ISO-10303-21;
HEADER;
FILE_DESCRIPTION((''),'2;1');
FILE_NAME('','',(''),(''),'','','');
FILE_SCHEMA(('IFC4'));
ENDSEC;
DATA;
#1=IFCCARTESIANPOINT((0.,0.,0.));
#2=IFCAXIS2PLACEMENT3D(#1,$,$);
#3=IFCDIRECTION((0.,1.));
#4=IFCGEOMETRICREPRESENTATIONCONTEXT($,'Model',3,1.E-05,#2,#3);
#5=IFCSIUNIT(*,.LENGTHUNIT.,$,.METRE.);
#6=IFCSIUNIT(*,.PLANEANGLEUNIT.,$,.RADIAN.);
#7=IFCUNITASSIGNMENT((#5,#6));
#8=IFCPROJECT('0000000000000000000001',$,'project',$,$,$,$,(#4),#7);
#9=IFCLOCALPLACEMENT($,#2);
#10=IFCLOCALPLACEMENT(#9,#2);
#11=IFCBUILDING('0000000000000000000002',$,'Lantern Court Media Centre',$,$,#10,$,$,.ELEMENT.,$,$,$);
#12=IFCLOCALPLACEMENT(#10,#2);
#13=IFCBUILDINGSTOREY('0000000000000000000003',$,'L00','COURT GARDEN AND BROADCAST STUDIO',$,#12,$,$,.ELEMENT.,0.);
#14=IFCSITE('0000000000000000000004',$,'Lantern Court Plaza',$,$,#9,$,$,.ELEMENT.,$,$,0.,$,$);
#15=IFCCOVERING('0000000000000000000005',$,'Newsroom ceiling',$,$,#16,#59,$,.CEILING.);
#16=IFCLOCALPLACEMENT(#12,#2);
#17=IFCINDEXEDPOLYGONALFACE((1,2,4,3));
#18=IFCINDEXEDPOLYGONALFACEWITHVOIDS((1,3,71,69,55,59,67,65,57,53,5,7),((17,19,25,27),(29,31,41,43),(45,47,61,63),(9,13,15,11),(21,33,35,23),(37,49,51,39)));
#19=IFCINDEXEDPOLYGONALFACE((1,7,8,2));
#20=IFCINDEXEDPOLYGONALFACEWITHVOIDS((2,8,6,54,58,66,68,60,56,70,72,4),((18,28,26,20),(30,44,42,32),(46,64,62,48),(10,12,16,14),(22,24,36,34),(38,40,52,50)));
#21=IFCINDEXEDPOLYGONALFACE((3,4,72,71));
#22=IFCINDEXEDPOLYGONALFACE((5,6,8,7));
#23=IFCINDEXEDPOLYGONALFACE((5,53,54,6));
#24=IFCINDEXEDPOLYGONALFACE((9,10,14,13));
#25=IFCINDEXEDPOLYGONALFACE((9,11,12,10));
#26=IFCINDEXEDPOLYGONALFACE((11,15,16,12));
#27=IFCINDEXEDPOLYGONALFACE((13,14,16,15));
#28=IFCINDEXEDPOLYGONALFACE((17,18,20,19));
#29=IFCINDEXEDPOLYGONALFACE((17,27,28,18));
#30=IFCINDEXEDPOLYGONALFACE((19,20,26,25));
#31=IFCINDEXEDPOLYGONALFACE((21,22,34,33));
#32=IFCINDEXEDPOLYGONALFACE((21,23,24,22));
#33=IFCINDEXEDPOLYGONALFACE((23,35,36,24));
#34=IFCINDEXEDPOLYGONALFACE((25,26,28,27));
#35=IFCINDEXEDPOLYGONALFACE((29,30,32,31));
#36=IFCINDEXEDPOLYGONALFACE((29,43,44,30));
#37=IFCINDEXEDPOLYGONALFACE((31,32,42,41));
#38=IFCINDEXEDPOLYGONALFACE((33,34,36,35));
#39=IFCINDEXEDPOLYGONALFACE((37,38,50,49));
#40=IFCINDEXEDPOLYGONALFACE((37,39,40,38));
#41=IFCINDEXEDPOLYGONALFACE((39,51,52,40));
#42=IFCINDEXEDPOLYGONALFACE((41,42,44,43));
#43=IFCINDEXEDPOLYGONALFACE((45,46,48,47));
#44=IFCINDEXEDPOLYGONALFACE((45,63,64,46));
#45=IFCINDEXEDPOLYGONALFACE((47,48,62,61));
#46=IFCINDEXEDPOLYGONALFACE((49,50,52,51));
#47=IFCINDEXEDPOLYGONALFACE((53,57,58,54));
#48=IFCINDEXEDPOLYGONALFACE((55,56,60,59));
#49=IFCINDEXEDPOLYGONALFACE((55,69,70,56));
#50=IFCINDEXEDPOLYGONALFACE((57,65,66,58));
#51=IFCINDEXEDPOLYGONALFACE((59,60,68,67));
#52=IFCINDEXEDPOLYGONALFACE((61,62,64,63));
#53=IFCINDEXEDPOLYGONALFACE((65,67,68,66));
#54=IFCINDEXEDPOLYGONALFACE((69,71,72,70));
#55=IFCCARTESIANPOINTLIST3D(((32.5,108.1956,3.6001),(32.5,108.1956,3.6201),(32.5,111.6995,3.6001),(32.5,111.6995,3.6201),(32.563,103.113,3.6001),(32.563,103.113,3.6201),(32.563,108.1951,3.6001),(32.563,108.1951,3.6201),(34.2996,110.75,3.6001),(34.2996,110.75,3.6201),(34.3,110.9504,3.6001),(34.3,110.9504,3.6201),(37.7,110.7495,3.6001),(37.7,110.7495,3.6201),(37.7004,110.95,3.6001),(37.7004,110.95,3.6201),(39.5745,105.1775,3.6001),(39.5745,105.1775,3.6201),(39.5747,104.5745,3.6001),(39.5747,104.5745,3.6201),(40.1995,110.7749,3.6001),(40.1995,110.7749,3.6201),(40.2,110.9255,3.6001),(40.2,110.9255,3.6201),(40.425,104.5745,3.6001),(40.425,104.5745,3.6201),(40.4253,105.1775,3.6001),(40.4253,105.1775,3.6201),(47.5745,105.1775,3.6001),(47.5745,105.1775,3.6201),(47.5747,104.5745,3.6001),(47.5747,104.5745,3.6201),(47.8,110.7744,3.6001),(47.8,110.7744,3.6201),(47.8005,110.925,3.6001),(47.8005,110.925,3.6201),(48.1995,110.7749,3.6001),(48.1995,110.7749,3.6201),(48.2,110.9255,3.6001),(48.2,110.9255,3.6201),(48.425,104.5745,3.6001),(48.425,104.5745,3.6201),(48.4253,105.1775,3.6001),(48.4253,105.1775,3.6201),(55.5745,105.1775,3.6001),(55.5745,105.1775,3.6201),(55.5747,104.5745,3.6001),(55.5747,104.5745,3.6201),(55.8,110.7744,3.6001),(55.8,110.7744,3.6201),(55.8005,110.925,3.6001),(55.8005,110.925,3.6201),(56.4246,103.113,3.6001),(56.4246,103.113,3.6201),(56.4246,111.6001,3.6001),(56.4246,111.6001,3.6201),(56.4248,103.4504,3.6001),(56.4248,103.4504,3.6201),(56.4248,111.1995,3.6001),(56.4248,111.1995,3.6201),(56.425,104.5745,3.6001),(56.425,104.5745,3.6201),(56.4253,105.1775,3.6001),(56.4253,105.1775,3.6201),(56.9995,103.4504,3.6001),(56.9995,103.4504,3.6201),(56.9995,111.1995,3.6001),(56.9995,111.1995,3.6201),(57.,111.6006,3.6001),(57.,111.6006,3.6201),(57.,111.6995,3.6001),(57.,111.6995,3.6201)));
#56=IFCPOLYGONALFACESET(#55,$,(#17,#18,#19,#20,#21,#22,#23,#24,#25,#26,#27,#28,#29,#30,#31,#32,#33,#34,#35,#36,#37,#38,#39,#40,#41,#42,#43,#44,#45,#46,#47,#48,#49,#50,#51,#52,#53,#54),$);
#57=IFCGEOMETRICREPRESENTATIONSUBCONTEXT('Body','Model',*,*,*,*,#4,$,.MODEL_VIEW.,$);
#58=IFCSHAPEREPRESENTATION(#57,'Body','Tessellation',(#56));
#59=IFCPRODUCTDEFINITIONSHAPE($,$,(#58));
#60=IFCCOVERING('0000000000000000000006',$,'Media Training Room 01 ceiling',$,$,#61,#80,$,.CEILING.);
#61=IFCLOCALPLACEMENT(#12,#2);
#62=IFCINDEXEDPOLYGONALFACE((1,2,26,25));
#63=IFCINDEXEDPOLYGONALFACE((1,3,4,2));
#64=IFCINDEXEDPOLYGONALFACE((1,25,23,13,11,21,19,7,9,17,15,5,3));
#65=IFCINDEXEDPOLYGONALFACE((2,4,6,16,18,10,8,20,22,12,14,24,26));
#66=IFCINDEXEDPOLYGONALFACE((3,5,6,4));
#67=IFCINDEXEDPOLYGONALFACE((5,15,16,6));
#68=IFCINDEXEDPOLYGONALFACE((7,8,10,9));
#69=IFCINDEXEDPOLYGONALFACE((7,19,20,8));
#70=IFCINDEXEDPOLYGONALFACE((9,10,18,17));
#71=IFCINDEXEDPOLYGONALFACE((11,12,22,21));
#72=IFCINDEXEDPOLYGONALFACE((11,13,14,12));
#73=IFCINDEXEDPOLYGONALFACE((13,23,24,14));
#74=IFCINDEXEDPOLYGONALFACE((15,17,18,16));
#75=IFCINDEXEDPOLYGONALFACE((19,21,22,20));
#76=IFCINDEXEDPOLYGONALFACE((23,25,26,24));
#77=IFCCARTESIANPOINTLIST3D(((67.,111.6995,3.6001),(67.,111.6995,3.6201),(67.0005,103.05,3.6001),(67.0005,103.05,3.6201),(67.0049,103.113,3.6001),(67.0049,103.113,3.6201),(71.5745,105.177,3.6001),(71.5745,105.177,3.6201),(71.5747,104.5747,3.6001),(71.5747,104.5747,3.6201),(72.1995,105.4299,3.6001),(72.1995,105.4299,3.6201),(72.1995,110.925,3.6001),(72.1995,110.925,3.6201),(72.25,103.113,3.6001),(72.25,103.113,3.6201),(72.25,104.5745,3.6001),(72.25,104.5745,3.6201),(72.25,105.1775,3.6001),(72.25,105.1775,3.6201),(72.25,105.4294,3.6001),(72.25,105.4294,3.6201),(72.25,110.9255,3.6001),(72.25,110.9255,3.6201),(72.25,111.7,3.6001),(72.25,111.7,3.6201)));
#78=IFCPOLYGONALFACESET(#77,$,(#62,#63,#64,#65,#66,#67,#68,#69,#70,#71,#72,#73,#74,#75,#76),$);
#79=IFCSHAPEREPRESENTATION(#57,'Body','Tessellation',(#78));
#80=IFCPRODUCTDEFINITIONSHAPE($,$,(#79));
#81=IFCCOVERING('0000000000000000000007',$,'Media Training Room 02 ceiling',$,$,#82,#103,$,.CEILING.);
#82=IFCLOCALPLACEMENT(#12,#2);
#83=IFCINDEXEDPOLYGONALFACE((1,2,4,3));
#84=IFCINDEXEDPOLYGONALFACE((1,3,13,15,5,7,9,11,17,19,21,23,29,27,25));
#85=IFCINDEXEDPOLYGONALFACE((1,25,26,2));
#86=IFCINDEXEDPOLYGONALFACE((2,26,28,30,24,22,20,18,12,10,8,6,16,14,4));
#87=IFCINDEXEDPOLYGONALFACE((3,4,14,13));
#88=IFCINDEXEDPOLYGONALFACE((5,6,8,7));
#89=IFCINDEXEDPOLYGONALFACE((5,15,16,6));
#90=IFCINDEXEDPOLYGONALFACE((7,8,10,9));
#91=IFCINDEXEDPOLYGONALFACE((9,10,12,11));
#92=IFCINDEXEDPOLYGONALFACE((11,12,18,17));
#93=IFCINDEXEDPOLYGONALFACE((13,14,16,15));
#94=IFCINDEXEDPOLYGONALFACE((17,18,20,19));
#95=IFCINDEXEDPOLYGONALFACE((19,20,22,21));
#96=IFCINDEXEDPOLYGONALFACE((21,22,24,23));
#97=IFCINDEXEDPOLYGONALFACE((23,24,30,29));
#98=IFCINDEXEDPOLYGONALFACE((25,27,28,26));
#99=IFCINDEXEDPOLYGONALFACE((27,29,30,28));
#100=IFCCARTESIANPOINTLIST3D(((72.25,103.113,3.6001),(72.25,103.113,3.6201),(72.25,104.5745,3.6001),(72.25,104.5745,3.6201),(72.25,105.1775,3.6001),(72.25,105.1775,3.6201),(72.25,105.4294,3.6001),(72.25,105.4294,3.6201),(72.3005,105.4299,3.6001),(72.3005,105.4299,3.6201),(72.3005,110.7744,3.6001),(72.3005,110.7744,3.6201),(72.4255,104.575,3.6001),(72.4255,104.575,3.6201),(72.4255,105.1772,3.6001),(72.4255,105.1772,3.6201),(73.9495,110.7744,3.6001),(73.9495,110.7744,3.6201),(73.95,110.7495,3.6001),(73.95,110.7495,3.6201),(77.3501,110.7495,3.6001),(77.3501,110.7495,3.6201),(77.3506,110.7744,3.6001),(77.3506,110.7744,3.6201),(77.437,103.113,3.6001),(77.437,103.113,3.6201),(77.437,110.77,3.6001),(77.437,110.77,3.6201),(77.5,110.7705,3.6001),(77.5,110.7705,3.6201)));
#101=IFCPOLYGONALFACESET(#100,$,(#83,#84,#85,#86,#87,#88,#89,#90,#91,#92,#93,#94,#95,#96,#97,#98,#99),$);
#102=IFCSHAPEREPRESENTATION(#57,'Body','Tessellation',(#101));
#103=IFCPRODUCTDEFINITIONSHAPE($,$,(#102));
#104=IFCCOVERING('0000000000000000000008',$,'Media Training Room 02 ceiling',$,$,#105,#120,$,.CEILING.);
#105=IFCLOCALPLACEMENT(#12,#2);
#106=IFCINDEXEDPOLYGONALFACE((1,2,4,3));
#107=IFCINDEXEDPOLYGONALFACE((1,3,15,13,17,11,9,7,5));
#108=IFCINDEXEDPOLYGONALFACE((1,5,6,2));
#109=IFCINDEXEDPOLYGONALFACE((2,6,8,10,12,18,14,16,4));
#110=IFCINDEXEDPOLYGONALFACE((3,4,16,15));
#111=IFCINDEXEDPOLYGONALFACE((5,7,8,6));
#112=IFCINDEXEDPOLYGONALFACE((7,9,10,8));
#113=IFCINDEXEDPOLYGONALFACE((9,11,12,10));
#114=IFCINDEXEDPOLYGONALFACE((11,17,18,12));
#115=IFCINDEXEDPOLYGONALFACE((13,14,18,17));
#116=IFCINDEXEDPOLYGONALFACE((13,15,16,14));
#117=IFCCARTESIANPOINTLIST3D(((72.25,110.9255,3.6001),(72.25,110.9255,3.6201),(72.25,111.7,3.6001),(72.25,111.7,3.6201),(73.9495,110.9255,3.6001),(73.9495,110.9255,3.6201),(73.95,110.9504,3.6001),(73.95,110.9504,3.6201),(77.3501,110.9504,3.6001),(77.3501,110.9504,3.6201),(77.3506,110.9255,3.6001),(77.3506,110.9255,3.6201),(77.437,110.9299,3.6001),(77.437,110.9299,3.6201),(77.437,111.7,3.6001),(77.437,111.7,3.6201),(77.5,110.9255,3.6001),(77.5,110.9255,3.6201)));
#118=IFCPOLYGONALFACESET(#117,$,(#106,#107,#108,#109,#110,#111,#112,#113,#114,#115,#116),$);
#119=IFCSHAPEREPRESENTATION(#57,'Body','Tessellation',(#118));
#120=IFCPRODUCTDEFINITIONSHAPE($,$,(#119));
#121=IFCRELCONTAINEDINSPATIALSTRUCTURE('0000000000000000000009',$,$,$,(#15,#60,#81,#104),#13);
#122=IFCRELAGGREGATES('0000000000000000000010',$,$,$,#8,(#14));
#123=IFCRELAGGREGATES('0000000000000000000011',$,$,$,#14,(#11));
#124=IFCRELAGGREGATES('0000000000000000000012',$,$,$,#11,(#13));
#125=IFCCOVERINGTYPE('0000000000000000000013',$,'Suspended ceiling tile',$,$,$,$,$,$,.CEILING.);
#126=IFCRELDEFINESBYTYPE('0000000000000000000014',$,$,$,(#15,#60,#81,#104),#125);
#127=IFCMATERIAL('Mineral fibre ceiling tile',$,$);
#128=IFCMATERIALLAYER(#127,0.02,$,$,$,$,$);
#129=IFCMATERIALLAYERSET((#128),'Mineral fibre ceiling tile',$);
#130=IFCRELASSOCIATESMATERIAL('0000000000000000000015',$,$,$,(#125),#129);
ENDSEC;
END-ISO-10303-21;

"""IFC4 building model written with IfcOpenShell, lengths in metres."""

from ifc_helpers import new_model, si_unit, direction, frame, origin, place, context, subcontext, project, spatial, polyline, outline, extrude, material, layer, layer_set, type_object, element, save


model = new_model("IFC4")

# Units and contexts
model_context = context("Model", 3, precision=1e-05, world=origin(), true_north=direction((0.0, 1.0)))
body_context = subcontext(model_context, "Body", "Model", "MODEL_VIEW")
ifc_project = project(units=[si_unit("LENGTHUNIT", "METRE"), si_unit("PLANEANGLEUNIT", "RADIAN")], contexts=[model_context])

# Site, building, storey
site_placement = place(None, origin())
site = spatial("IfcSite", under=ifc_project, at=site_placement, Name="Lantern Court Plaza", CompositionType="ELEMENT", RefElevation=0.0)
building_placement = place(site_placement, origin())
building = spatial("IfcBuilding", under=site, at=building_placement, Name="Lantern Court Media Centre", CompositionType="ELEMENT")
storey_placement = place(building_placement, origin())
storey = spatial("IfcBuildingStorey", under=building, at=storey_placement, Name="L00", Description="COURT GARDEN AND BROADCAST STUDIO", CompositionType="ELEMENT", Elevation=0.0)

# Coverings
ifc_material_1 = material(Name="Mineral fibre ceiling tile")
ifc_layer_1 = layer(ifc_material_1, 0.02)
ifc_layer_set_1 = layer_set([ifc_layer_1], Name="Mineral fibre ceiling tile")
covering_type = type_object("IfcCoveringType", Name="Suspended ceiling tile", PredefinedType="CEILING", material=ifc_layer_set_1)
covering_1_placement = place(storey_placement, frame((0.0, 0.0, 3.6001)))
element("IfcCovering", 1, at=covering_1_placement, inside=storey, type_object=covering_type, Name="Newsroom ceiling", PredefinedType="CEILING", context=body_context, shape_type="SweptSolid", body=[
    extrude(outline(polyline([(57.0, 111.6006), (56.4246, 111.6001), (56.4248, 111.1995), (56.9995, 111.1995), (56.9995, 103.4504), (56.4248, 103.4504), (56.4246, 103.113), (32.563, 103.113), (32.563, 108.1951), (32.5, 108.1956), (32.5, 111.6995), (57.0, 111.6995), (57.0, 111.6006)]), holes=[polyline([(56.425, 104.5745), (56.4253, 105.1775), (55.5745, 105.1775), (55.5747, 104.5745), (56.425, 104.5745)]), polyline([(55.8005, 110.925), (48.2, 110.9255), (48.1995, 110.7749), (55.8, 110.7744), (55.8005, 110.925)]), polyline([(48.425, 104.5745), (48.4253, 105.1775), (47.5745, 105.1775), (47.5747, 104.5745), (48.425, 104.5745)]), polyline([(47.8005, 110.925), (40.2, 110.9255), (40.1995, 110.7749), (47.8, 110.7744), (47.8005, 110.925)]), polyline([(40.425, 104.5745), (40.4253, 105.1775), (39.5745, 105.1775), (39.5747, 104.5745), (40.425, 104.5745)]), polyline([(37.7004, 110.95), (34.3, 110.9504), (34.2996, 110.75), (37.7, 110.7495), (37.7004, 110.95)])]), origin(), (0.0, 0.0, 1.0), 0.02),
])
covering_2_placement = place(storey_placement, frame((0.0, 0.0, 3.6001)))
element("IfcCovering", 2, at=covering_2_placement, inside=storey, type_object=covering_type, Name="Media Training Room 01 ceiling", PredefinedType="CEILING", context=body_context, shape_type="SweptSolid", body=[
    extrude(outline(polyline([(72.25, 103.113), (67.0049, 103.113), (67.0005, 103.05), (67.0, 111.6995), (72.25, 111.7), (72.25, 110.9255), (72.1995, 110.925), (72.1995, 105.4299), (72.25, 105.4294), (72.25, 105.1775), (71.5745, 105.177), (71.5747, 104.5747), (72.25, 104.5745), (72.25, 103.113)])), origin(), (0.0, 0.0, 1.0), 0.02),
])
covering_3_placement = place(storey_placement, frame((0.0, 0.0, 3.6001)))
element("IfcCovering", 3, at=covering_3_placement, inside=storey, type_object=covering_type, Name="Media Training Room 02 ceiling", PredefinedType="CEILING", context=body_context, shape_type="SweptSolid", body=[
    extrude(outline(polyline([(77.5, 110.7705), (77.437, 110.77), (77.437, 103.113), (72.25, 103.113), (72.25, 104.5745), (72.4255, 104.575), (72.4255, 105.1772), (72.25, 105.1775), (72.25, 105.4294), (72.3005, 105.4299), (72.3005, 110.7744), (73.9495, 110.7744), (73.95, 110.7495), (77.3501, 110.7495), (77.3506, 110.7744), (77.5, 110.7705)])), origin(), (0.0, 0.0, 1.0), 0.02),
])
covering_4_placement = place(storey_placement, frame((0.0, 0.0, 3.6001)))
element("IfcCovering", 4, at=covering_4_placement, inside=storey, type_object=covering_type, Name="Media Training Room 02 ceiling", PredefinedType="CEILING", context=body_context, shape_type="SweptSolid", body=[
    extrude(outline(polyline([(77.5, 110.9255), (77.3506, 110.9255), (77.3501, 110.9504), (73.95, 110.9504), (73.9495, 110.9255), (72.25, 110.9255), (72.25, 111.7), (77.437, 111.7), (77.437, 110.9299), (77.5, 110.9255)])), origin(), (0.0, 0.0, 1.0), 0.02),
])

save(model, "model.ifc")
